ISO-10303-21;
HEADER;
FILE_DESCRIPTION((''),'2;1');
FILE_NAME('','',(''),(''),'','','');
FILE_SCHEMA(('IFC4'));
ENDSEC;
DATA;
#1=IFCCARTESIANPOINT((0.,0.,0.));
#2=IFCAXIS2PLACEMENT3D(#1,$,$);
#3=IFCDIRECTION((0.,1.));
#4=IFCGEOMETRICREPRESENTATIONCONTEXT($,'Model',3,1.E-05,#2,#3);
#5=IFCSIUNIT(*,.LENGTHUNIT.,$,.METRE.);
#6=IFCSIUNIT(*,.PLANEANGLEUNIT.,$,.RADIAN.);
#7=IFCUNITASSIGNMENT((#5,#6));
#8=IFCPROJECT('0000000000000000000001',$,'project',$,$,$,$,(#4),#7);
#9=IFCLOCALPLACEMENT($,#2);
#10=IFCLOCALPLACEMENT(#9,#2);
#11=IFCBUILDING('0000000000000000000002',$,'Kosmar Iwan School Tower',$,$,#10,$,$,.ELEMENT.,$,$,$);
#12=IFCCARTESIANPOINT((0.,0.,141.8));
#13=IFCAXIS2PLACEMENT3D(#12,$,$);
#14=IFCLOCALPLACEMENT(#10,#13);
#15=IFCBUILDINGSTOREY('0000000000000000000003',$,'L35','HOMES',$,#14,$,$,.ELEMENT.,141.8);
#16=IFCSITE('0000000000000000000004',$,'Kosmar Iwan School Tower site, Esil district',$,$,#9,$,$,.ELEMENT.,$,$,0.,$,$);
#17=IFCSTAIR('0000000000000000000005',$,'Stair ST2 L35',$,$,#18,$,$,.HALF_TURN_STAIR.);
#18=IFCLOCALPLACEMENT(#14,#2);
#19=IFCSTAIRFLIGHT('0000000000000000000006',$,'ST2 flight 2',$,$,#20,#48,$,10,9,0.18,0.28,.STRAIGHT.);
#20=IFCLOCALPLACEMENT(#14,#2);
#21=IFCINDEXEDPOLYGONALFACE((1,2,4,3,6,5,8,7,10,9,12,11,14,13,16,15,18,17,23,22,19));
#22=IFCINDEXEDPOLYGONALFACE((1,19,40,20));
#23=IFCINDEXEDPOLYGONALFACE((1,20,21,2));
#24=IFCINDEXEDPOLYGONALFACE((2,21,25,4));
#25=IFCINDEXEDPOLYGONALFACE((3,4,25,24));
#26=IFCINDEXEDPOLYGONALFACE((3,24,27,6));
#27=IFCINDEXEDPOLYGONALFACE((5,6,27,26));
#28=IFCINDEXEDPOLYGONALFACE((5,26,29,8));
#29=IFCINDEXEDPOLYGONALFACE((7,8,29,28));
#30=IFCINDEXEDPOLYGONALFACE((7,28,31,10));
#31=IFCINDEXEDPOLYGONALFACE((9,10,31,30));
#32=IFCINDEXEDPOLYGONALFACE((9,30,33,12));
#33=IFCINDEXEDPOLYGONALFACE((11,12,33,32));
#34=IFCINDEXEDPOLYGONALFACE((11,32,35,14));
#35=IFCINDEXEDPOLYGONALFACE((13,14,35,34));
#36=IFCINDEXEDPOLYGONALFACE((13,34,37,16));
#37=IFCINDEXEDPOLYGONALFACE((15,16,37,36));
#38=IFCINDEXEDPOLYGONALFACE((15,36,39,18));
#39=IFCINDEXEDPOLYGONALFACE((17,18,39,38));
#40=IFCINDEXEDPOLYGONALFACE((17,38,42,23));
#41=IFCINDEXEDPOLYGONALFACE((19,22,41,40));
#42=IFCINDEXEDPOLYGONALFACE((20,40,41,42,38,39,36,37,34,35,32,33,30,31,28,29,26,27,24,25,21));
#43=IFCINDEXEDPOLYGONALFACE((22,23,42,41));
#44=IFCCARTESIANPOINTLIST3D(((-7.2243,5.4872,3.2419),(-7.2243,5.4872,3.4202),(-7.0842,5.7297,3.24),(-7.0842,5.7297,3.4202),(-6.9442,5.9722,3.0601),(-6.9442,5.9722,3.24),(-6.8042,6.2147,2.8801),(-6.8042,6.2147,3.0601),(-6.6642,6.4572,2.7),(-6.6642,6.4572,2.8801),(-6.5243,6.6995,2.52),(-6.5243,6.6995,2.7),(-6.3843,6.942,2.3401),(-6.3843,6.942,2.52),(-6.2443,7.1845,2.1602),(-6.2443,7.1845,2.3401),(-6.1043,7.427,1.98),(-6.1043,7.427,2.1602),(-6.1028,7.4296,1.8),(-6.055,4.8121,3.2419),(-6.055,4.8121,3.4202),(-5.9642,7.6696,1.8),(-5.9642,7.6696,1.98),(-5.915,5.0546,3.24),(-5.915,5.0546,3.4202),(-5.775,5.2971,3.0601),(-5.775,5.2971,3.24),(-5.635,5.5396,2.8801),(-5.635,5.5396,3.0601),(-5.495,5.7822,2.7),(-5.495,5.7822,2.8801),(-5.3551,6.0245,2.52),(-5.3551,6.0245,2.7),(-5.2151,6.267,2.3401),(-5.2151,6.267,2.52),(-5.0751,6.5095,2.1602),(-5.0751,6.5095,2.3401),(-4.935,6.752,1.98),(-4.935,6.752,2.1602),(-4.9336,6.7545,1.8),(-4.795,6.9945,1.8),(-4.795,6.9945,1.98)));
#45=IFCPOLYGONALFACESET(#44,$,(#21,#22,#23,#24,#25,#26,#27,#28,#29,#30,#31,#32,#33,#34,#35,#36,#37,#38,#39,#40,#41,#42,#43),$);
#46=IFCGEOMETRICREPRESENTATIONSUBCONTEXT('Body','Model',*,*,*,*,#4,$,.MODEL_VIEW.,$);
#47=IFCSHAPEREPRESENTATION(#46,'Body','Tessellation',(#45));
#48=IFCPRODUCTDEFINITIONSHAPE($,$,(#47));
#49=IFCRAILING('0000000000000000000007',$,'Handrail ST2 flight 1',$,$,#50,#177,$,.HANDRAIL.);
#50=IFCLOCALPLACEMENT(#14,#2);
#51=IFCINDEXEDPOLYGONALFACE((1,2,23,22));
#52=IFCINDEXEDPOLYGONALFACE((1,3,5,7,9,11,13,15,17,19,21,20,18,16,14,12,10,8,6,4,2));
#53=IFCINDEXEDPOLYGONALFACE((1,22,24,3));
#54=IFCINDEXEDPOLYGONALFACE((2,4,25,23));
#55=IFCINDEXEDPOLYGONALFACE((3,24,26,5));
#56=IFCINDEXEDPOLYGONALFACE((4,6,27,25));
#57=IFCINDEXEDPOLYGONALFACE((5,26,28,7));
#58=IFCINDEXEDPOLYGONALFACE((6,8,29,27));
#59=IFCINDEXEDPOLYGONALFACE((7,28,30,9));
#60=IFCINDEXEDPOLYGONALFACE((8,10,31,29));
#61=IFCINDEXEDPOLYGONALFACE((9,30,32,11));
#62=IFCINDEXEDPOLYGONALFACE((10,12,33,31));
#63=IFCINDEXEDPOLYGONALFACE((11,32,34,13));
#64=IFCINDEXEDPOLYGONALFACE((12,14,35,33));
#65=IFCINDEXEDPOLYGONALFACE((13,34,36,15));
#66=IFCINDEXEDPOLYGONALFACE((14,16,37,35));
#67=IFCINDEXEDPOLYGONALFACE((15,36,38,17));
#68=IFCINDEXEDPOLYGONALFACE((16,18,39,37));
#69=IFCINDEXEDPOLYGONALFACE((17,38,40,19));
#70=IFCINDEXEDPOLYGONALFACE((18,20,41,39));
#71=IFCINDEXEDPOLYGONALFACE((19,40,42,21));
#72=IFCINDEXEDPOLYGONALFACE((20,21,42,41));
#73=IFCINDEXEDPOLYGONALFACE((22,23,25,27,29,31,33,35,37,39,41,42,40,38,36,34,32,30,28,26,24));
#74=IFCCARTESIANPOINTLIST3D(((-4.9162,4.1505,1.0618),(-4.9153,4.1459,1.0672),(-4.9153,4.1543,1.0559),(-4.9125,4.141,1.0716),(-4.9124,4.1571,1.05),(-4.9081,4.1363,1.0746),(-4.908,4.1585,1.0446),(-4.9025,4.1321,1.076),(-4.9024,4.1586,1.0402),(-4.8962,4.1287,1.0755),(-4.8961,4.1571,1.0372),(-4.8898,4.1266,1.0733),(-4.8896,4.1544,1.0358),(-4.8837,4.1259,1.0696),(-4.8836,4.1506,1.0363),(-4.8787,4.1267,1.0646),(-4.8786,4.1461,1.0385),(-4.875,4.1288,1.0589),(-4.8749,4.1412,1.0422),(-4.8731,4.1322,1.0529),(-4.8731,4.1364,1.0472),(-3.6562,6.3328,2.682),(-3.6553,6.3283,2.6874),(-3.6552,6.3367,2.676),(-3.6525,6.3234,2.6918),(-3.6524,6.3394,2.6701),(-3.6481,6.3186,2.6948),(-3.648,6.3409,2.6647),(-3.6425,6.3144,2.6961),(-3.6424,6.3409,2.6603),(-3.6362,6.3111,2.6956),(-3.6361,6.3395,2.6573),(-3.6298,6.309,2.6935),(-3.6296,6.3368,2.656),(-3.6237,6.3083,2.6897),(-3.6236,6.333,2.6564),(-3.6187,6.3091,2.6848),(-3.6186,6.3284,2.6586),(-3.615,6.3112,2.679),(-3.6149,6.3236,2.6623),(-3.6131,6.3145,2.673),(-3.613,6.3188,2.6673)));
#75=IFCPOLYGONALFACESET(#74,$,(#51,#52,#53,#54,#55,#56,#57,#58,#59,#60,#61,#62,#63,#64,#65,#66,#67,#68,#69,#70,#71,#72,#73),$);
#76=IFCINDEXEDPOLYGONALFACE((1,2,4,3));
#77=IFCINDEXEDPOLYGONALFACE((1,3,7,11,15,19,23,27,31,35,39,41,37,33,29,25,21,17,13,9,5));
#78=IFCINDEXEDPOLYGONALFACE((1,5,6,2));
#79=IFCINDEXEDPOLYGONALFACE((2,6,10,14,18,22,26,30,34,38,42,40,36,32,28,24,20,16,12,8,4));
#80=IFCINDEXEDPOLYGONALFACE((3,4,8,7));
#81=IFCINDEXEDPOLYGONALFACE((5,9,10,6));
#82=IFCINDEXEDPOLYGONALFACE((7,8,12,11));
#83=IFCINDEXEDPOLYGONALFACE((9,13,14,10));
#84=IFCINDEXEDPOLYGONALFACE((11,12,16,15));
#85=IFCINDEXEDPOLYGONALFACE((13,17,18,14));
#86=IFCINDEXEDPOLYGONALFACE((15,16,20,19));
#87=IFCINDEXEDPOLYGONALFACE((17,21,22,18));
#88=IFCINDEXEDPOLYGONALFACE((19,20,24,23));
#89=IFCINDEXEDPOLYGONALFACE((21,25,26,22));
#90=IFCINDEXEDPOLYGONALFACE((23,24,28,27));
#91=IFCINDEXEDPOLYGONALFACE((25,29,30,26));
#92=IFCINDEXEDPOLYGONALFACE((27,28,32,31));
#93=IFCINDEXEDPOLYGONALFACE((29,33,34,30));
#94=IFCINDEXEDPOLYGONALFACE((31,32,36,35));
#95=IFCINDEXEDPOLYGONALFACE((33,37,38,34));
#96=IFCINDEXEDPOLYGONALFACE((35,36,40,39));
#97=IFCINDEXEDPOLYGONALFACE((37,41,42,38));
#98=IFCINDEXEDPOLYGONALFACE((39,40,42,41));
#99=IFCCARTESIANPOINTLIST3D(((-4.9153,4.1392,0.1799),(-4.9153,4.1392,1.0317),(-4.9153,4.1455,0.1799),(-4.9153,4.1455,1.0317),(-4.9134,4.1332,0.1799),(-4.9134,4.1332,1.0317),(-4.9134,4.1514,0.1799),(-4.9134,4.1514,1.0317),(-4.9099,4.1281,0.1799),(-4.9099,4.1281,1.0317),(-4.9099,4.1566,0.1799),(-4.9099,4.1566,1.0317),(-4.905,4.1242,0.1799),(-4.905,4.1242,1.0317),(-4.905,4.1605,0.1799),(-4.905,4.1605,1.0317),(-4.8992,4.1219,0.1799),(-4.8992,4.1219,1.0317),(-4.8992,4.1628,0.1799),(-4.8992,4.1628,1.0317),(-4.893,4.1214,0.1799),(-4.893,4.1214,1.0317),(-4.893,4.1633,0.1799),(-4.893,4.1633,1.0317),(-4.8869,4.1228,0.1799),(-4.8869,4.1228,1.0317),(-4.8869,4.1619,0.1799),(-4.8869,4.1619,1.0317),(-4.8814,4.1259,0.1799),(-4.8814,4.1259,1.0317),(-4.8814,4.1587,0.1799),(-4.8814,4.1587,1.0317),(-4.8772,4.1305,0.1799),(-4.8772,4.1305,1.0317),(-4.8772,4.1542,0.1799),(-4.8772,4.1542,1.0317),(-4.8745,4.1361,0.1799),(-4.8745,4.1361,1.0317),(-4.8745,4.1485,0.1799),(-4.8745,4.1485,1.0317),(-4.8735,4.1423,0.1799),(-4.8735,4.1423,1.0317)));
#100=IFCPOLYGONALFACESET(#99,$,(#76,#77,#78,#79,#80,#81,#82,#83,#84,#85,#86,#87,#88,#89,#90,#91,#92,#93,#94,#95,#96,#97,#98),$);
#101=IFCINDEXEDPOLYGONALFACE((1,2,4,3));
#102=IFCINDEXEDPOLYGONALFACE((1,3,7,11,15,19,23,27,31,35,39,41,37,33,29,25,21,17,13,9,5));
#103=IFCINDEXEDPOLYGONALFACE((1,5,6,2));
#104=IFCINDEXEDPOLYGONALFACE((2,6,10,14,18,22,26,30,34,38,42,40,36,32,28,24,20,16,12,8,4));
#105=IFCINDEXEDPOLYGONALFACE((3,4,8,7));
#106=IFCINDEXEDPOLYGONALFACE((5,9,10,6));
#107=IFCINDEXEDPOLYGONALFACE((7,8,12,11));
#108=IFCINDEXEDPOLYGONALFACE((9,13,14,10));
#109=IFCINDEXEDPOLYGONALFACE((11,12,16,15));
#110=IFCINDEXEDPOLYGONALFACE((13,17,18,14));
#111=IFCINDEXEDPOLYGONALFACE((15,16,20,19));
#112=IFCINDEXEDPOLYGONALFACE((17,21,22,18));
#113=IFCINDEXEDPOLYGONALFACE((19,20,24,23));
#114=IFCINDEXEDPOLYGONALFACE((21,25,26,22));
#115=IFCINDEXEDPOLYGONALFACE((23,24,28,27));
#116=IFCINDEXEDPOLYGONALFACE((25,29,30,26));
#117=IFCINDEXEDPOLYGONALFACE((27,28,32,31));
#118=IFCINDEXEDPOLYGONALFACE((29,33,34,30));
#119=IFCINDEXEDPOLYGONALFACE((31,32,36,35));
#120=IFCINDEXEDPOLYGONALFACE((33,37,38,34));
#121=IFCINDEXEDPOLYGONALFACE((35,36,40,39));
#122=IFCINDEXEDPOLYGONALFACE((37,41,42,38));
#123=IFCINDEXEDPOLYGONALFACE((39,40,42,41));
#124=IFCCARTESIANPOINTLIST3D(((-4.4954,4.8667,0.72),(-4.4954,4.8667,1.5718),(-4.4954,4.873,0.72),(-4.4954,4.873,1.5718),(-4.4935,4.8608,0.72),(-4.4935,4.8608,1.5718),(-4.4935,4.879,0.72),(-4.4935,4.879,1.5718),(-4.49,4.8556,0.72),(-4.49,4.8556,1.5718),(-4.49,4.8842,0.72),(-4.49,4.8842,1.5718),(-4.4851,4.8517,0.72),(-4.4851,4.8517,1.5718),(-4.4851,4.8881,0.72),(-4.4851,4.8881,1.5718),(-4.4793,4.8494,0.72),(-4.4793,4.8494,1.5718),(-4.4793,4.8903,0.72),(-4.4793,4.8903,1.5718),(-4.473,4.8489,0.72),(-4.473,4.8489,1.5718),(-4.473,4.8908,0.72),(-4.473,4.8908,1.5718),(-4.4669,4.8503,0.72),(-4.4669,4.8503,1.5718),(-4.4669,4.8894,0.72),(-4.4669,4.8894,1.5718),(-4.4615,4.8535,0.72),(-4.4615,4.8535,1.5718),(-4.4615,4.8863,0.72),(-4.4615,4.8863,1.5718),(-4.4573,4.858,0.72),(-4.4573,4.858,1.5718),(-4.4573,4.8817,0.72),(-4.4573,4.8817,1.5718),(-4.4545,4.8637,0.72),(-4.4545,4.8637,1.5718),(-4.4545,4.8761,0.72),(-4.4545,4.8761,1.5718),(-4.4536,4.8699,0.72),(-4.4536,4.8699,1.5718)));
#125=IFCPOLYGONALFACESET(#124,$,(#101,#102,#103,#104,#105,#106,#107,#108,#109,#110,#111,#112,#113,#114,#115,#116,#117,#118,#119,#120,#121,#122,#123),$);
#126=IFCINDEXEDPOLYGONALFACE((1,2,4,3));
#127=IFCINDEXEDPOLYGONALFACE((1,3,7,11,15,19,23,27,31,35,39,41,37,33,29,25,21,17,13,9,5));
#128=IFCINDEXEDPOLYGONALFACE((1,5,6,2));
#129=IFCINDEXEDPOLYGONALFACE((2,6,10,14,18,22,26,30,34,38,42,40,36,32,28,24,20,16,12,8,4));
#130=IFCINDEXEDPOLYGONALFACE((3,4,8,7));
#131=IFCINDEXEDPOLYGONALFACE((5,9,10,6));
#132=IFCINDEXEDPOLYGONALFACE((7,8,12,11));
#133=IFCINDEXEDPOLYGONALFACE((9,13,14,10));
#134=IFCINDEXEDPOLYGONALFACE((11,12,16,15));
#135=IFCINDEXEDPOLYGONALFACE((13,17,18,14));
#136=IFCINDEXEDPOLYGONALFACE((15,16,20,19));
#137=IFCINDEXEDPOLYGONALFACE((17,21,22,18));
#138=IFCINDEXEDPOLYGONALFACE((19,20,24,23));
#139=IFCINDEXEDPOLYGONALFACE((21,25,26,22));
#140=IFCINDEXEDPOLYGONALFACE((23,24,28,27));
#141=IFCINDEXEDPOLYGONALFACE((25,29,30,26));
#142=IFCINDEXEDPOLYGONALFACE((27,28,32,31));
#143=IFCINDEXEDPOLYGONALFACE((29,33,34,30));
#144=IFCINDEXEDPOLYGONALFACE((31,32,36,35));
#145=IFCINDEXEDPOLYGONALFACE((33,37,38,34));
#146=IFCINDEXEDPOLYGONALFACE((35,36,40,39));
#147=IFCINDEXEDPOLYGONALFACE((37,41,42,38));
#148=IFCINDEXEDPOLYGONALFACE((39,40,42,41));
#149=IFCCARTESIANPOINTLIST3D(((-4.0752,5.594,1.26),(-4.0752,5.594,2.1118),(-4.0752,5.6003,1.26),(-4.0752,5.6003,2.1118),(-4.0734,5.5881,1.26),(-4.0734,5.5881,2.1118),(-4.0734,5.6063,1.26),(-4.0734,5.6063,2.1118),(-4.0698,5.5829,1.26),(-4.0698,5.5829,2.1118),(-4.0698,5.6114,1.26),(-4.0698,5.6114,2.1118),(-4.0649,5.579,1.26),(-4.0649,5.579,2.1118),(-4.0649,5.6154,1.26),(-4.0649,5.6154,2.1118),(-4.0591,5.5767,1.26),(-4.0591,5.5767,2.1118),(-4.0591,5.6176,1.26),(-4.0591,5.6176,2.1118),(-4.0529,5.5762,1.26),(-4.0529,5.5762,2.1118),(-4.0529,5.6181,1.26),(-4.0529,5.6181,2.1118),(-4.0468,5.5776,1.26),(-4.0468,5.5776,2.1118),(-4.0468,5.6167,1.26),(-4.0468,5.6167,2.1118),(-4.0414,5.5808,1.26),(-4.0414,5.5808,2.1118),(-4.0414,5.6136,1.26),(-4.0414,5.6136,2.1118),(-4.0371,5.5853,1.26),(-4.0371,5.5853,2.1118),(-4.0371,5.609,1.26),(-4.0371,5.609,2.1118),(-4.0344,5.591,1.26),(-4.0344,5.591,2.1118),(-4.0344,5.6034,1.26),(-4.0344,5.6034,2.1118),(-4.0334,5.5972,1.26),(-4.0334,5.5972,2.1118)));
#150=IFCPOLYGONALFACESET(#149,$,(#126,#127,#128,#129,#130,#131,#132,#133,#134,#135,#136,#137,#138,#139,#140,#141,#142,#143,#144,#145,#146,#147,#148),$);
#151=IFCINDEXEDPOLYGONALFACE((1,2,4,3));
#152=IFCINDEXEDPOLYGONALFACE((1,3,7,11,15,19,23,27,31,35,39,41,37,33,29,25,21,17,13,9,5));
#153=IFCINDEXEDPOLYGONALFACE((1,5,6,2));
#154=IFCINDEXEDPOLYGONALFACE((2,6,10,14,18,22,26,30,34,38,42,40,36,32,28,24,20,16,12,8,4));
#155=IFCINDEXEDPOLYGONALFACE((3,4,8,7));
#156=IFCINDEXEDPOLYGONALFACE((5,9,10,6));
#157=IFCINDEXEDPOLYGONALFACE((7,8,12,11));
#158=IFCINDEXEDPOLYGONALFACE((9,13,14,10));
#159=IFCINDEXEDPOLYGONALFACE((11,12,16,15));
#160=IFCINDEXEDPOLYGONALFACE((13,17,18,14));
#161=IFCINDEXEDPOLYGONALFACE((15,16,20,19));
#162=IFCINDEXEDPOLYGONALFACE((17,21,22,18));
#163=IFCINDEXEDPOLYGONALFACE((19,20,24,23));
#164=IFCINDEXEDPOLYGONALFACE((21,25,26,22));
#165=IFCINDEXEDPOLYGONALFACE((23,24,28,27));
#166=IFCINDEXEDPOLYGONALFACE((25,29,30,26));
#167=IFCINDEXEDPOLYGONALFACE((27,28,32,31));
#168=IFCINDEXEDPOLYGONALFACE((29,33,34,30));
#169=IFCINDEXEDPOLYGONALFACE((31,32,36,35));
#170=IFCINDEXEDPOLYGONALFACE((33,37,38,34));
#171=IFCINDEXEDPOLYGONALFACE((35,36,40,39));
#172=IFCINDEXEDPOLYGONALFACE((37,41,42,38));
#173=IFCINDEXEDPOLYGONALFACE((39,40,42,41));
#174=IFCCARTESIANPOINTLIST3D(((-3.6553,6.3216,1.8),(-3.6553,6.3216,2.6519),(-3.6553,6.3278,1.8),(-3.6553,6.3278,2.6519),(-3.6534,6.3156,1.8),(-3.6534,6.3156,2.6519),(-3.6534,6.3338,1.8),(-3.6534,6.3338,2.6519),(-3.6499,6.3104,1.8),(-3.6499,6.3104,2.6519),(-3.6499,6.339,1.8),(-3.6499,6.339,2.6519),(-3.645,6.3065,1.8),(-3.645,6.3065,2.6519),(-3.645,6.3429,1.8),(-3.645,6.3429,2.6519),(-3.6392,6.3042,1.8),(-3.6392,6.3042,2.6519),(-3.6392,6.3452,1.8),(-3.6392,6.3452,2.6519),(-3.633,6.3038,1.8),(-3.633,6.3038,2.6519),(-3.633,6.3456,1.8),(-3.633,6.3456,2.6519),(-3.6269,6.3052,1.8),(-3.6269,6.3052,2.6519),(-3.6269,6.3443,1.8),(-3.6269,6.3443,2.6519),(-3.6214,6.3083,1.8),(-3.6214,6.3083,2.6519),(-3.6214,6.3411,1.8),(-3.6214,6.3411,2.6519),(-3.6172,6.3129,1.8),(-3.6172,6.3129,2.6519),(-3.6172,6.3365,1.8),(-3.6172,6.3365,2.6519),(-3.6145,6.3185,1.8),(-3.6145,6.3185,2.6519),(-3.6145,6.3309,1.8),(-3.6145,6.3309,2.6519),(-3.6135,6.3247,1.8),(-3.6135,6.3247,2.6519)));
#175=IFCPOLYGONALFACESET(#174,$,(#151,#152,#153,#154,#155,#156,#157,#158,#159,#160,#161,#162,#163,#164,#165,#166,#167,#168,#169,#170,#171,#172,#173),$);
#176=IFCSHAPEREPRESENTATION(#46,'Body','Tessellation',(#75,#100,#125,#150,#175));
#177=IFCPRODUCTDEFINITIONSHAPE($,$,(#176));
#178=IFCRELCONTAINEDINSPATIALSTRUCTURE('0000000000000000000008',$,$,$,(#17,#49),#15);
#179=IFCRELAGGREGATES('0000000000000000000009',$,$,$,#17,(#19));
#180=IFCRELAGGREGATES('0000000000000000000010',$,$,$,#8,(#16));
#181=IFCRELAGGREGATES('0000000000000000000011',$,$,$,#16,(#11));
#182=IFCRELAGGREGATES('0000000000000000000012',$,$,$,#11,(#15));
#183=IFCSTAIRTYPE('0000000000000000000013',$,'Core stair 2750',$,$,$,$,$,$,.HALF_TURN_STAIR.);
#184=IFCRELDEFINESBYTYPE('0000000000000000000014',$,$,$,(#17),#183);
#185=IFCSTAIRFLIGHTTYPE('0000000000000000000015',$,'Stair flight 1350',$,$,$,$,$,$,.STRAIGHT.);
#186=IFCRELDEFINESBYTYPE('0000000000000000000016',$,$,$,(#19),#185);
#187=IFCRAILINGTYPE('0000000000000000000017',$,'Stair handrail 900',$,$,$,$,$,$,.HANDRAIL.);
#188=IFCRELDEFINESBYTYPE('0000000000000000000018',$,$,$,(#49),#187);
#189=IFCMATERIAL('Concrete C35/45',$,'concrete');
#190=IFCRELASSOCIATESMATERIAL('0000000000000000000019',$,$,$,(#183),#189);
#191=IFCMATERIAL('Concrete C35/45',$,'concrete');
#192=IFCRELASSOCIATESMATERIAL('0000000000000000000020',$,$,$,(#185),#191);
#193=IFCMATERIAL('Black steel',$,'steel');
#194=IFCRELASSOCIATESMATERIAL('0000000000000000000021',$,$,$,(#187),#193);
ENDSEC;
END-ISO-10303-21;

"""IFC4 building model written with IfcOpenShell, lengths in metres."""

from ifc_helpers import new_model, si_unit, direction, frame, origin, origin_2d, place, context, subcontext, project, spatial, polyline, circle, outline, extrude, material, type_object, element, aggregate, save


model = new_model("IFC4")

# Units and contexts
model_context = context("Model", 3, precision=1e-05, world=origin(), true_north=direction((0.0, 1.0)))
body_context = subcontext(model_context, "Body", "Model", "MODEL_VIEW")
ifc_project = project(units=[si_unit("LENGTHUNIT", "METRE"), si_unit("PLANEANGLEUNIT", "RADIAN")], contexts=[model_context])

# Site, building, storey
site_placement = place(None, origin())
site = spatial("IfcSite", under=ifc_project, at=site_placement, Name="Kosmar Iwan School Tower site, Esil district", CompositionType="ELEMENT", RefElevation=0.0)
building_placement = place(site_placement, origin())
building = spatial("IfcBuilding", under=site, at=building_placement, Name="Kosmar Iwan School Tower", CompositionType="ELEMENT")
storey_placement = place(building_placement, frame((0.0, 0.0, 141.8)))
storey = spatial("IfcBuildingStorey", under=building, at=storey_placement, Name="L35", Description="HOMES", CompositionType="ELEMENT", Elevation=141.8)

# Stair, stair flight
ifc_material_1 = material(Name="Concrete C35/45", Category="concrete")
stair_type = type_object("IfcStairType", Name="Core stair 2750", PredefinedType="HALF_TURN_STAIR", material=ifc_material_1)
stair_placement = place(storey_placement, origin())
stair = element("IfcStair", 1, at=stair_placement, inside=storey, type_object=stair_type, Name="Stair ST2 L35", PredefinedType="HALF_TURN_STAIR")
ifc_material_2 = material(Name="Concrete C35/45", Category="concrete")
stair_flight_type = type_object("IfcStairFlightType", Name="Stair flight 1350", PredefinedType="STRAIGHT", material=ifc_material_2)
stair_flight_1_placement = place(storey_placement, frame((-5.3796, 7.332, 1.8), z_axis=(0.0, 0.0, 1.0), x_axis=(-0.5, -0.866025, 0.0)))
stair_flight_1 = element("IfcStairFlight", 2, at=stair_flight_1_placement, type_object=stair_flight_type, Name="ST2 flight 2", NumberOfRisers=10, NumberOfTreads=9, PredefinedType="STRAIGHT", RiserHeight=0.18, TreadLength=0.28, context=body_context, shape_type="SweptSolid", body=[
    extrude(outline(polyline([(0.0, 0.0), (0.0, 0.1799), (0.28, 0.1799), (0.28, 0.3601), (0.5601, 0.3601), (0.5601, 0.54), (0.8401, 0.54), (0.8401, 0.72), (1.1201, 0.72), (1.1201, 0.8999), (1.3999, 0.8999), (1.3999, 1.0801), (1.6799, 1.0801), (1.6799, 1.26), (1.96, 1.26), (1.96, 1.4399), (2.24, 1.4399), (2.24, 1.6201), (2.52, 1.6201), (2.52, 1.8), (2.52, 1.4419), (0.2771, 0.0), (0.0, 0.0)])), frame((0.0, 0.675, 0.0), z_axis=(0.0, -1.0, 0.0), x_axis=(1.0, 0.0, 0.0)), (0.0, 0.0, 1.0), 1.3501),
])
aggregate(stair, [stair_flight_1])

# Railing
ifc_material_3 = material(Name="Black steel", Category="steel")
railing_type = type_object("IfcRailingType", Name="Stair handrail 900", PredefinedType="HANDRAIL", material=ifc_material_3)
railing_1_placement = place(storey_placement, frame((-4.8945, 4.1423, 0.1799)))
element("IfcRailing", 3, at=railing_1_placement, inside=storey, type_object=railing_type, Name="Handrail ST2 flight 1", PredefinedType="HANDRAIL", context=body_context, shape_type="SweptSolid", body=[
    extrude(circle(Radius=0.0239, at=origin_2d()), frame((0.0, 0.0, 0.876), z_axis=(0.420584, 0.728464, 0.540786), x_axis=(-0.866023, 0.500005, 0.0)), (0.0, 0.0, 1.0), 2.9958),
    extrude(circle(Radius=0.021, at=origin_2d()), origin(), (0.0, 0.0, 1.0), 0.8518),
    extrude(circle(Radius=0.021, at=origin_2d()), frame((0.4199, 0.7275, 0.54)), (0.0, 0.0, 1.0), 0.8518),
    extrude(circle(Radius=0.021, at=origin_2d()), frame((0.8401, 1.4548, 1.0801)), (0.0, 0.0, 1.0), 0.8518),
    extrude(circle(Radius=0.021, at=origin_2d()), frame((1.26, 2.1824, 1.6201)), (0.0, 0.0, 1.0), 0.8518),
])

save(model, "model.ifc")
